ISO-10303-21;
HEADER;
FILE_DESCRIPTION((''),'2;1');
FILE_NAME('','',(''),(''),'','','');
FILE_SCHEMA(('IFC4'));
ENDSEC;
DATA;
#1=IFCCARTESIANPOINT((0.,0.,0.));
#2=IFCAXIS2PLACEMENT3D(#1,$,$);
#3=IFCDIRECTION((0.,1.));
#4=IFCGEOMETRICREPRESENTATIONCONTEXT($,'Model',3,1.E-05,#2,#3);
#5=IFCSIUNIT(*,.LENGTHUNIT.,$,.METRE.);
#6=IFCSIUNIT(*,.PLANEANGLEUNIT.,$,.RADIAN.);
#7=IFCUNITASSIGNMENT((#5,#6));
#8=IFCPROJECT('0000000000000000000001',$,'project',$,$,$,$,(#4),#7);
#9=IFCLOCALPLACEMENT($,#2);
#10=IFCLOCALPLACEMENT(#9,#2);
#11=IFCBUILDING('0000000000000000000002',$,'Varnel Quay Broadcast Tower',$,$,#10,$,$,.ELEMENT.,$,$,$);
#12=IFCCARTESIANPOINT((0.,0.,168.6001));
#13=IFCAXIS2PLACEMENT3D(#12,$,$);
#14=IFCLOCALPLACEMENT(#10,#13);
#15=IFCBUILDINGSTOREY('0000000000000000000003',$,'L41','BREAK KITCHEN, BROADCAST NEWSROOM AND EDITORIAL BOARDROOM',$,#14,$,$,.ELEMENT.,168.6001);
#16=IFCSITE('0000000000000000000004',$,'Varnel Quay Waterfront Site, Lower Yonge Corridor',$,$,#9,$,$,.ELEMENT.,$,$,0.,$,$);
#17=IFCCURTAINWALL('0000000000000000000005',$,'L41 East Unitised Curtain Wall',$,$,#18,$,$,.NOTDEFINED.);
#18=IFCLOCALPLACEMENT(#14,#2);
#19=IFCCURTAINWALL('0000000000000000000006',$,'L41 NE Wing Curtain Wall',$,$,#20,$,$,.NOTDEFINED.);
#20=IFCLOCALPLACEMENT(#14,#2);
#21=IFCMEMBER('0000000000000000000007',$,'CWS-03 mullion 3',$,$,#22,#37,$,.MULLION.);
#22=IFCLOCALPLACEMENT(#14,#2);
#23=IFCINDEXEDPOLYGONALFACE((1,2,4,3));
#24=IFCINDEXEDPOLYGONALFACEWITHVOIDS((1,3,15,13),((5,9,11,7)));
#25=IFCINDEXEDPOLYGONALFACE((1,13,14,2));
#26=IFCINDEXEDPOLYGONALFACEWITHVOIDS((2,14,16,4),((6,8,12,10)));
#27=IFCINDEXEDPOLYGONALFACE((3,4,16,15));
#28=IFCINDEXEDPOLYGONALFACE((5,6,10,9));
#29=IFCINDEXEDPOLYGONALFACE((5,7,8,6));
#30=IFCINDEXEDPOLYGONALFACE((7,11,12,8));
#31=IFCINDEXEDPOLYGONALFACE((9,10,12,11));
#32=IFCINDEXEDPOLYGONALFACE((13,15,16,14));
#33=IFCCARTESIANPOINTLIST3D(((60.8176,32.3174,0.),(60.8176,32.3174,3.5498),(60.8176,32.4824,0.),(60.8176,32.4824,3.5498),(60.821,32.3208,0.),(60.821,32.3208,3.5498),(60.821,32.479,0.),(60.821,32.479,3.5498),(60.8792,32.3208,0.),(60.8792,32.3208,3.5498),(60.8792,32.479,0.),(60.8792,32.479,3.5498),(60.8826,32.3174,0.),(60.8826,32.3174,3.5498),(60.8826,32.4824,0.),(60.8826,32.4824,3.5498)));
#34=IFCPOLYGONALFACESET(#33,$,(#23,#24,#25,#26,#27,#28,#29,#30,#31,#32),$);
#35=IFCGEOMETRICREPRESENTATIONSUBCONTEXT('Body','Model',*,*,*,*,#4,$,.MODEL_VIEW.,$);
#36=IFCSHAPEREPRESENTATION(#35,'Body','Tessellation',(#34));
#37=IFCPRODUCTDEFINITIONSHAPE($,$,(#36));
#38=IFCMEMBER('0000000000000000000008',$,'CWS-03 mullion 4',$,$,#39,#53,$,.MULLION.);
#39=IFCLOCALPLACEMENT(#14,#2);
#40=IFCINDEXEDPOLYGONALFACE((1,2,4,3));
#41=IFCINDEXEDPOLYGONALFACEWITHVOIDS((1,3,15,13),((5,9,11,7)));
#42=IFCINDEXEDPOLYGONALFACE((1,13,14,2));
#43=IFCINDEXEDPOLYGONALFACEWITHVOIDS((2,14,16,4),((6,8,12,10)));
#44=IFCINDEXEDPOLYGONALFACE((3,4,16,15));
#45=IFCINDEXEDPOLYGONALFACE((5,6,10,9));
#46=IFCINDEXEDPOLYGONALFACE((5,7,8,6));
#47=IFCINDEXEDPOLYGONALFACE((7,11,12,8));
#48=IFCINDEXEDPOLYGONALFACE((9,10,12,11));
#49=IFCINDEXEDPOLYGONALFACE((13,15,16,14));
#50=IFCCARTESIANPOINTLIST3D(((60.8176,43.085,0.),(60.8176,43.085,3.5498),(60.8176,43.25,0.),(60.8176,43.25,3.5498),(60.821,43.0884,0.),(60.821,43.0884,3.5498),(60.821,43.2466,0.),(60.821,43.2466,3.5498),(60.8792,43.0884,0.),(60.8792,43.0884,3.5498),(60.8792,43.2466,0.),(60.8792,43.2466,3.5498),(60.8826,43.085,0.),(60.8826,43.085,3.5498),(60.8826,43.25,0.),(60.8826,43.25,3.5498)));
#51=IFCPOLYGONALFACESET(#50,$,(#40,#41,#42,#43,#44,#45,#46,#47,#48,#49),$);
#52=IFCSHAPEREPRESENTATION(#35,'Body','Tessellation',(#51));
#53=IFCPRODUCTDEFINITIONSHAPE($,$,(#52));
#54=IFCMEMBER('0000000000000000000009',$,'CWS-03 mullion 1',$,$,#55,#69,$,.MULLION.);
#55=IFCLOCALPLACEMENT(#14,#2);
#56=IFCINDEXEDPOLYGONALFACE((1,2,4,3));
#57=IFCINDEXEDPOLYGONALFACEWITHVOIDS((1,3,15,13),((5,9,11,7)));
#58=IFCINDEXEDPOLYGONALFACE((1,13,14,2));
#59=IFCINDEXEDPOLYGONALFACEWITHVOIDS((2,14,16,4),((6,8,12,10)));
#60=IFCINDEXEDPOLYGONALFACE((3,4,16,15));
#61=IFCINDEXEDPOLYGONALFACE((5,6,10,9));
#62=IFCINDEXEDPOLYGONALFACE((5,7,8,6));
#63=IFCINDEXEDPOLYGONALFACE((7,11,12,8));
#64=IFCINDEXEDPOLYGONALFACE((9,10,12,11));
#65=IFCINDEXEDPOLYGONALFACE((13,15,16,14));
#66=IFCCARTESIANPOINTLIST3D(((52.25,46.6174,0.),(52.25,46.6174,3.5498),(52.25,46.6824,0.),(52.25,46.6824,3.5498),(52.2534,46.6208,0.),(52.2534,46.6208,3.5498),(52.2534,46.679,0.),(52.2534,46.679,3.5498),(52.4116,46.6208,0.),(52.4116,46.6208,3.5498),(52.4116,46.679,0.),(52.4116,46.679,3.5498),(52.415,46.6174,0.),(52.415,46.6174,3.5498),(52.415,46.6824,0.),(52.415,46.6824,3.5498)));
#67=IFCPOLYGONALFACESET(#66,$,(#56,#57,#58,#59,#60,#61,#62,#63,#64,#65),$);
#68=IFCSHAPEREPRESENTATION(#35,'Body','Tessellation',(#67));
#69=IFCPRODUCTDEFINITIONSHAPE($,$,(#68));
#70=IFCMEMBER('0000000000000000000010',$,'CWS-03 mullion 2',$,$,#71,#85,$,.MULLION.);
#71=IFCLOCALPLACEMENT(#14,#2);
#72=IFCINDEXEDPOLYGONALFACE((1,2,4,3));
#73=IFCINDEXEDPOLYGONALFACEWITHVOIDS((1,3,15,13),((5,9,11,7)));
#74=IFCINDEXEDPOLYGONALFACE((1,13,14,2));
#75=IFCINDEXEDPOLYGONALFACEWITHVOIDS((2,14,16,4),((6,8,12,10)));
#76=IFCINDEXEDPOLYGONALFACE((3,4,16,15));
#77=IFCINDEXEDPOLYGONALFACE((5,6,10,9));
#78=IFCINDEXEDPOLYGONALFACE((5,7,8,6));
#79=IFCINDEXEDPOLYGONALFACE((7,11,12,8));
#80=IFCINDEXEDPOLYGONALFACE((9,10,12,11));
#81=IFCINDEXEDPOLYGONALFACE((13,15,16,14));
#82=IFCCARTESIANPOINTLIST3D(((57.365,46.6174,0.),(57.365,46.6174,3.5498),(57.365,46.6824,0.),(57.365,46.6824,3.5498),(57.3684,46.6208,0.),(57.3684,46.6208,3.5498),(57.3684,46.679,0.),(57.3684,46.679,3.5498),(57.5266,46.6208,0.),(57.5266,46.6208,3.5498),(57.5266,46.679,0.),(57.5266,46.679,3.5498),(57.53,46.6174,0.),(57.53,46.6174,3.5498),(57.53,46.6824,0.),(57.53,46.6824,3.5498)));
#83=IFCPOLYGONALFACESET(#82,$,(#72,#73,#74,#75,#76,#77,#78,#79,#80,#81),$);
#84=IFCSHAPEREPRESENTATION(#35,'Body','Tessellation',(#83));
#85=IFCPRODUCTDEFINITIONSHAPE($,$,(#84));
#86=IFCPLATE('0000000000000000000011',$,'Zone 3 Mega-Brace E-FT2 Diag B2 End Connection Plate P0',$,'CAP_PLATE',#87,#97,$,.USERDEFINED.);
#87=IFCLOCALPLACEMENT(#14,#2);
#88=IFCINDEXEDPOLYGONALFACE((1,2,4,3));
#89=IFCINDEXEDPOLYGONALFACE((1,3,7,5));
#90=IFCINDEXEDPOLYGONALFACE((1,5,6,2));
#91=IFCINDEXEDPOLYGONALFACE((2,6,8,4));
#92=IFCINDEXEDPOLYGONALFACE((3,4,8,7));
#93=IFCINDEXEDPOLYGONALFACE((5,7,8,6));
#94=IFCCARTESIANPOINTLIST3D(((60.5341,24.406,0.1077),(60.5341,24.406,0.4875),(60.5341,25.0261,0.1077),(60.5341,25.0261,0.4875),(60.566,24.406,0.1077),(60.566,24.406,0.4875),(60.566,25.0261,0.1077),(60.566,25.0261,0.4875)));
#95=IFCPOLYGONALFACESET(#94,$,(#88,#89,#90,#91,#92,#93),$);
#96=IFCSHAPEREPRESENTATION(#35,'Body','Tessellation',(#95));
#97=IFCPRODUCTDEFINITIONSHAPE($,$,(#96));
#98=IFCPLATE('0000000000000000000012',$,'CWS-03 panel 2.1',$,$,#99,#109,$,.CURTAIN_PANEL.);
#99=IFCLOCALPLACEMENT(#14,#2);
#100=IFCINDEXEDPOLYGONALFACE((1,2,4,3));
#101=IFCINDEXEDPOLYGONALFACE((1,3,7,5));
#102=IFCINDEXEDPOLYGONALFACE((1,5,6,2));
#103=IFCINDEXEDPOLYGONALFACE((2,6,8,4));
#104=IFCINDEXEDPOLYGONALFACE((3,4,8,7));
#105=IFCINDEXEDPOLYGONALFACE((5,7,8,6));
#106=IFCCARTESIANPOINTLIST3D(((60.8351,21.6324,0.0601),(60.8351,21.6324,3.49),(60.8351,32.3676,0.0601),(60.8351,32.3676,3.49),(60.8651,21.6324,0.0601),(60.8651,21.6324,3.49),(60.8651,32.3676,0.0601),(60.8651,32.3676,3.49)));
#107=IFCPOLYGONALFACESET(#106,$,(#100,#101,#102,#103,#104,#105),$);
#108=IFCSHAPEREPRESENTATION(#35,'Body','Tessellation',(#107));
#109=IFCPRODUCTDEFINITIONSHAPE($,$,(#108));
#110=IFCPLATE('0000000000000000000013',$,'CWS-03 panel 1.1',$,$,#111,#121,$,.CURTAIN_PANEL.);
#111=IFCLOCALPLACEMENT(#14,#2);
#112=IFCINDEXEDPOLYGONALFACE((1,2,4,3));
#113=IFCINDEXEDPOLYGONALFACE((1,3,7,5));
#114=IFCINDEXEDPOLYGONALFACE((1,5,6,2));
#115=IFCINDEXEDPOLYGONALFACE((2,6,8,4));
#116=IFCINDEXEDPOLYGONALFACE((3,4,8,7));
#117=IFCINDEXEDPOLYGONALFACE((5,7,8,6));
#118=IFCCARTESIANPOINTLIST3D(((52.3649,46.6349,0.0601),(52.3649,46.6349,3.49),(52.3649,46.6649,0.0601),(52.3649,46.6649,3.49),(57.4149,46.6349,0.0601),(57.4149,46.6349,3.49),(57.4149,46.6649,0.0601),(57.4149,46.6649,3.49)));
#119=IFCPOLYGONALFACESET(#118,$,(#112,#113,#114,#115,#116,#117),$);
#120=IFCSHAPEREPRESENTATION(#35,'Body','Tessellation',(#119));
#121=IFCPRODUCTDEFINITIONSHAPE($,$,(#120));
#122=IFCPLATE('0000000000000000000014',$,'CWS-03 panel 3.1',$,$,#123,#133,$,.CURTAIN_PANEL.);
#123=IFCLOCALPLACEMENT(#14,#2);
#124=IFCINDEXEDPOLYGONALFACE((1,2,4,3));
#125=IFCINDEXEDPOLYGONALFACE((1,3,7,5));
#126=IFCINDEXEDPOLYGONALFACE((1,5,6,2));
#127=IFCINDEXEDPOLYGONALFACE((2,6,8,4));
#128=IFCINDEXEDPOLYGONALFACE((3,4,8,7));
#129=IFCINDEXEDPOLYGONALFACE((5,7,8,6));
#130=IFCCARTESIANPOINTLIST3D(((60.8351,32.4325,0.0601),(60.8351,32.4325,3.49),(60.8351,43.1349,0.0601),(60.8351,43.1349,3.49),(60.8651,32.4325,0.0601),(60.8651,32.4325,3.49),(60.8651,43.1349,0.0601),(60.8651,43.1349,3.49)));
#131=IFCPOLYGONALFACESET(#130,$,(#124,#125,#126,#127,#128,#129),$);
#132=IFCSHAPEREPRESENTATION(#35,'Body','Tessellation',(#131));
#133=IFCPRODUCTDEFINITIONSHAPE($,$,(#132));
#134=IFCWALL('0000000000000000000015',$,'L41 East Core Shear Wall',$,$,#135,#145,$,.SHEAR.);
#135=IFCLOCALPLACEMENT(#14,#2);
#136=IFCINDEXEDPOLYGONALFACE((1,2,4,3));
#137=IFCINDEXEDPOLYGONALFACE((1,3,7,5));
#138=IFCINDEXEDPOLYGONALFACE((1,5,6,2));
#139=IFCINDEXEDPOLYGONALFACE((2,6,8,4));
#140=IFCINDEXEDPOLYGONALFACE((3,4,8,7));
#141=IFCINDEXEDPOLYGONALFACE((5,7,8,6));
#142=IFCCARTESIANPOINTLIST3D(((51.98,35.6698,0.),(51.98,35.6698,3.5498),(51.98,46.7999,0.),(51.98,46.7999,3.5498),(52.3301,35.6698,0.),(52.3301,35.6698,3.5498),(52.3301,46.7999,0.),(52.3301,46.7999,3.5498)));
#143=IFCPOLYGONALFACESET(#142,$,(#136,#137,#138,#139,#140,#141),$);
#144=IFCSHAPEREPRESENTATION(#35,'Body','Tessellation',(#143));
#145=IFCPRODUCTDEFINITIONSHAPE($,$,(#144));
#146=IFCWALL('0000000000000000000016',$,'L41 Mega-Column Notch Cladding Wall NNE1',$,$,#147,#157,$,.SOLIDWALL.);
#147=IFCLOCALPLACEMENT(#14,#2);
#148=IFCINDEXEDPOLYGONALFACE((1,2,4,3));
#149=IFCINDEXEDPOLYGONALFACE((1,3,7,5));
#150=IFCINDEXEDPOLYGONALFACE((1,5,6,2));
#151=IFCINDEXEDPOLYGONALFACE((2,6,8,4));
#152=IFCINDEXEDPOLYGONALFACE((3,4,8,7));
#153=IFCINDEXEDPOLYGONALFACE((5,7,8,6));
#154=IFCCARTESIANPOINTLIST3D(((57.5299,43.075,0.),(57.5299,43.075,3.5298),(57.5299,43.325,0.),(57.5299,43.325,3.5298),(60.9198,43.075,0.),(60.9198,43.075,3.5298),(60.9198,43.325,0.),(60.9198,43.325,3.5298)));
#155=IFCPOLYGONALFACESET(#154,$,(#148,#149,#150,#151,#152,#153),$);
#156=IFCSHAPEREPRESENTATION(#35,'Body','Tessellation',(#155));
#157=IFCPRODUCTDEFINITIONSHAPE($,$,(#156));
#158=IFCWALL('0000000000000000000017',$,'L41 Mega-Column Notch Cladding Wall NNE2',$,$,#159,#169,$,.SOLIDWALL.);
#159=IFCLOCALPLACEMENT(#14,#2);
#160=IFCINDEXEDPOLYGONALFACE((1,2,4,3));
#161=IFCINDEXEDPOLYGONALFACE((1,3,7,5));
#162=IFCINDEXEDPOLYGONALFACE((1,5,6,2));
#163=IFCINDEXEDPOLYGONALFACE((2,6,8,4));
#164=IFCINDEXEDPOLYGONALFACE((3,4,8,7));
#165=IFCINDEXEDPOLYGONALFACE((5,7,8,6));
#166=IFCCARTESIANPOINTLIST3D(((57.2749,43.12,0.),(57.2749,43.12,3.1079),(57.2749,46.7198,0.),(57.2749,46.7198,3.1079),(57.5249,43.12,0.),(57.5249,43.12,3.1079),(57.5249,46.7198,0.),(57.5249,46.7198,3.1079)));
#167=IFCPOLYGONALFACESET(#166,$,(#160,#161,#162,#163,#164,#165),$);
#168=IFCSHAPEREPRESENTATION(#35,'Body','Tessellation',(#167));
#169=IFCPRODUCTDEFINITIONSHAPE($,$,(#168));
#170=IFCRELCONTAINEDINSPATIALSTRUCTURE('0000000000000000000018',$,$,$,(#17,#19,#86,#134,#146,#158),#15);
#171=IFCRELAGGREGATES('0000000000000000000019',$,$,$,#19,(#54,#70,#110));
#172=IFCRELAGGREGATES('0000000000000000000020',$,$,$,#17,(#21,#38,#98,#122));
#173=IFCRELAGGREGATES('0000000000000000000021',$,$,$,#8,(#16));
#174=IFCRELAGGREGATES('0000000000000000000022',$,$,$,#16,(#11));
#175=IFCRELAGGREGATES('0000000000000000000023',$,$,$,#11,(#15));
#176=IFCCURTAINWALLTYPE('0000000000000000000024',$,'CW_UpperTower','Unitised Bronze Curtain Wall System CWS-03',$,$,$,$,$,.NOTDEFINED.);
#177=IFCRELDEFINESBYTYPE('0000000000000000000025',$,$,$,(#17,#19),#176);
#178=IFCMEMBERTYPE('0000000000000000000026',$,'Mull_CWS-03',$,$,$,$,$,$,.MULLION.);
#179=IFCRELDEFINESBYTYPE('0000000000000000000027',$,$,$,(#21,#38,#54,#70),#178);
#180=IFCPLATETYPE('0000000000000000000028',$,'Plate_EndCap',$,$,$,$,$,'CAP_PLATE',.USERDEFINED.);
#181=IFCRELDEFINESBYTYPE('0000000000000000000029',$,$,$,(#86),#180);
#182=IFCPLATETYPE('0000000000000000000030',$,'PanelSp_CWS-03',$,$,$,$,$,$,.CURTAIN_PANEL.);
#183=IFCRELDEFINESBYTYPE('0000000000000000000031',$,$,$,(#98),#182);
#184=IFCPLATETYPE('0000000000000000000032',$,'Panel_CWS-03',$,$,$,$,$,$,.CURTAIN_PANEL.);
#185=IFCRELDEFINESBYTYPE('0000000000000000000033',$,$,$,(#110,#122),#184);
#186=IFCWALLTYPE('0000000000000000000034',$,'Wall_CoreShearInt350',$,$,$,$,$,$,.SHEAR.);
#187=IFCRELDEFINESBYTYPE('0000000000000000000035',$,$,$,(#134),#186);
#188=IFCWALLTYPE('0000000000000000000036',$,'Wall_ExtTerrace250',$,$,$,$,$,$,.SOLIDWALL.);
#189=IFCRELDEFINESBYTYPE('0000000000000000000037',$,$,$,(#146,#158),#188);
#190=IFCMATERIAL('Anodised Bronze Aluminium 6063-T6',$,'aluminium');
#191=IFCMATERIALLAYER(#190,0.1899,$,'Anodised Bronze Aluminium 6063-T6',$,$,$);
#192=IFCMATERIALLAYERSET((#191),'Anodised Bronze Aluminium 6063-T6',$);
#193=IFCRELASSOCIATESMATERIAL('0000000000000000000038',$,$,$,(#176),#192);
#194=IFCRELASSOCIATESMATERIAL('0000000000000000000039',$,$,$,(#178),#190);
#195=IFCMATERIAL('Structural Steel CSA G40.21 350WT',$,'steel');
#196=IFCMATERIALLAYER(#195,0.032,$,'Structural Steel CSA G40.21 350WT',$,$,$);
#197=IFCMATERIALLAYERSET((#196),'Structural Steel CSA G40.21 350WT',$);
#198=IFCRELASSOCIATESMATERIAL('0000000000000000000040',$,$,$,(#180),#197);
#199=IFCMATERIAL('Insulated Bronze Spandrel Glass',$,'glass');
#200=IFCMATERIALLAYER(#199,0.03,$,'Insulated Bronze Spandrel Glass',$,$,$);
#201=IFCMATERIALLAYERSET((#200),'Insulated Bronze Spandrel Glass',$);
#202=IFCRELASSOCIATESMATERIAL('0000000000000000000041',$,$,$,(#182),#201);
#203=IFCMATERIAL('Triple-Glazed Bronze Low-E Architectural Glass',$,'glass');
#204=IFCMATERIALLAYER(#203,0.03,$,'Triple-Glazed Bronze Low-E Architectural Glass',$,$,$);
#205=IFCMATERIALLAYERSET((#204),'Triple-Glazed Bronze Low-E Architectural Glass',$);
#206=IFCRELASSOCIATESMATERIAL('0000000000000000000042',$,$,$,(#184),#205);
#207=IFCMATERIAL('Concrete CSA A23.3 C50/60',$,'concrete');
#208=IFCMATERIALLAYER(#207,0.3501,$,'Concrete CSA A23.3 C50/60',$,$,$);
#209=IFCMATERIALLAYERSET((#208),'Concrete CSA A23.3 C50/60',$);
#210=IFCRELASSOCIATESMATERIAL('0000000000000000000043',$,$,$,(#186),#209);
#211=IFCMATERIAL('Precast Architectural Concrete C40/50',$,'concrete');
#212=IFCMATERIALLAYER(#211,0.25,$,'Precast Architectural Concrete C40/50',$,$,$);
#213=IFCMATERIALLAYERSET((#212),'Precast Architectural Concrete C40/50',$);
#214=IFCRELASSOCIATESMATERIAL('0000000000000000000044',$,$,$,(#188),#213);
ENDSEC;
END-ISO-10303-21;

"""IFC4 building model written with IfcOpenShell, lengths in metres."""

from ifc_helpers import new_model, si_unit, direction, frame, frame_2d, origin, origin_2d, place, context, subcontext, project, spatial, rectangle, hollow_rectangle, extrude, source, transform, mapped, material, layer, layer_set, material_profile, profile_set, type_object, type_shapes, element, aggregate, save


model = new_model("IFC4")

# Units and contexts
model_context = context("Model", 3, precision=1e-05, world=origin(), true_north=direction((0.0, 1.0)))
body_context = subcontext(model_context, "Body", "Model", "MODEL_VIEW")
ifc_project = project(units=[si_unit("LENGTHUNIT", "METRE"), si_unit("PLANEANGLEUNIT", "RADIAN")], contexts=[model_context])

# Site, building, storey
site_placement = place(None, origin())
site = spatial("IfcSite", under=ifc_project, at=site_placement, Name="Varnel Quay Waterfront Site, Lower Yonge Corridor", CompositionType="ELEMENT", RefElevation=0.0)
building_placement = place(site_placement, origin())
building = spatial("IfcBuilding", under=site, at=building_placement, Name="Varnel Quay Broadcast Tower", CompositionType="ELEMENT")
storey_placement = place(building_placement, frame((0.0, 0.0, 168.6001)))
storey = spatial("IfcBuildingStorey", under=building, at=storey_placement, Name="L41", Description="BREAK KITCHEN, BROADCAST NEWSROOM AND EDITORIAL BOARDROOM", CompositionType="ELEMENT", Elevation=168.6001)

# Shared definitions
ifc_material_1 = material(Name="Structural Steel CSA G40.21 350WT", Category="steel")

# Curtain walls
ifc_material_2 = material(Name="Anodised Bronze Aluminium 6063-T6", Category="aluminium")
ifc_layer_1 = layer(ifc_material_2, 0.1899, Name="Anodised Bronze Aluminium 6063-T6")
ifc_layer_set_1 = layer_set([ifc_layer_1], Name="Anodised Bronze Aluminium 6063-T6")
curtain_wall_type = type_object("IfcCurtainWallType", Name="CW_UpperTower", Description="Unitised Bronze Curtain Wall System CWS-03", PredefinedType="NOTDEFINED", material=ifc_layer_set_1)
curtain_wall_1_placement = place(storey_placement, origin())
curtain_wall_1 = element("IfcCurtainWall", 1, at=curtain_wall_1_placement, inside=storey, type_object=curtain_wall_type, Name="L41 East Unitised Curtain Wall", PredefinedType="NOTDEFINED")
curtain_wall_2_placement = place(storey_placement, origin())
curtain_wall_2 = element("IfcCurtainWall", 2, at=curtain_wall_2_placement, inside=storey, type_object=curtain_wall_type, Name="L41 NE Wing Curtain Wall", PredefinedType="NOTDEFINED")

# Members
ifc_material_profile_1 = material_profile(ifc_material_2, hollow_rectangle(XDim=0.0649, YDim=0.165, WallThickness=0.0034, at=origin_2d()), Name="ALU65X165X3.5")
ifc_profile_set_1 = profile_set([ifc_material_profile_1], Name="Anodised Bronze Aluminium 6063-T6")
member_type_1 = type_object("IfcMemberType", Name="Mull_CWS-03", PredefinedType="MULLION", material=ifc_profile_set_1)
shared_shape_1 = source(origin(), body_context, "Body", "SweptSolid", [
    extrude(hollow_rectangle(XDim=0.0649, YDim=0.165, WallThickness=0.0034, at=origin_2d()), origin(), (0.0, 0.0, 1.0), 3.5498),
])
type_shapes(member_type_1, [shared_shape_1])
member_1_placement = place(storey_placement, frame((60.8501, 32.3999, 0.0), z_axis=(0.0, 0.0, 1.0), x_axis=(-1.0, 0.0, 0.0)))
member_1 = element("IfcMember", 3, at=member_1_placement, type_object=member_type_1, Name="CWS-03 mullion 3", PredefinedType="MULLION", context=body_context, shape_type="MappedRepresentation", body=[
    mapped(shared_shape_1, transform((0.0, 0.0, 0.0), x_axis=(1.0, 0.0, 0.0), y_axis=(0.0, 1.0, 0.0), z_axis=(0.0, 0.0, 1.0), scale=1.0)),
])
member_2_placement = place(storey_placement, frame((60.8501, 43.1675, 0.0), z_axis=(0.0, 0.0, 1.0), x_axis=(-1.0, 0.0, 0.0)))
member_2 = element("IfcMember", 4, at=member_2_placement, type_object=member_type_1, Name="CWS-03 mullion 4", PredefinedType="MULLION", context=body_context, shape_type="MappedRepresentation", body=[
    mapped(shared_shape_1, transform((0.0, 0.0, 0.0), x_axis=(1.0, 0.0, 0.0), y_axis=(0.0, 1.0, 0.0), z_axis=(0.0, 0.0, 1.0), scale=1.0)),
])
member_3_placement = place(storey_placement, frame((52.3325, 46.6499, 0.0), z_axis=(0.0, 0.0, 1.0), x_axis=(0.0, 1.0, 0.0)))
member_3 = element("IfcMember", 5, at=member_3_placement, type_object=member_type_1, Name="CWS-03 mullion 1", PredefinedType="MULLION", context=body_context, shape_type="MappedRepresentation", body=[
    mapped(shared_shape_1, transform((0.0, 0.0, 0.0), x_axis=(1.0, 0.0, 0.0), y_axis=(0.0, 1.0, 0.0), z_axis=(0.0, 0.0, 1.0), scale=1.0)),
])
member_4_placement = place(storey_placement, frame((57.4475, 46.6499, 0.0), z_axis=(0.0, 0.0, 1.0), x_axis=(0.0, 1.0, 0.0)))
member_4 = element("IfcMember", 6, at=member_4_placement, type_object=member_type_1, Name="CWS-03 mullion 2", PredefinedType="MULLION", context=body_context, shape_type="MappedRepresentation", body=[
    mapped(shared_shape_1, transform((0.0, 0.0, 0.0), x_axis=(1.0, 0.0, 0.0), y_axis=(0.0, 1.0, 0.0), z_axis=(0.0, 0.0, 1.0), scale=1.0)),
])

# Plates
ifc_layer_2 = layer(ifc_material_1, 0.032, Name="Structural Steel CSA G40.21 350WT")
ifc_layer_set_2 = layer_set([ifc_layer_2], Name="Structural Steel CSA G40.21 350WT")
plate_type_1 = type_object("IfcPlateType", Name="Plate_EndCap", ElementType="CAP_PLATE", PredefinedType="USERDEFINED", material=ifc_layer_set_2)
shared_shape_2 = source(origin(), body_context, "Body", "SweptSolid", [
    extrude(rectangle(XDim=0.6201, YDim=0.032, at=origin_2d()), origin(), (0.0, 0.0, 1.0), 0.3799),
])
type_shapes(plate_type_1, [shared_shape_2])
plate_1_placement = place(storey_placement, frame((60.55, 24.7161, 0.1077), z_axis=(0.0, 0.0, 1.0), x_axis=(0.0, 1.0, 0.0)))
element("IfcPlate", 7, at=plate_1_placement, inside=storey, type_object=plate_type_1, Name="Zone 3 Mega-Brace E-FT2 Diag B2 End Connection Plate P0", ObjectType="CAP_PLATE", PredefinedType="USERDEFINED", context=body_context, shape_type="MappedRepresentation", body=[
    mapped(shared_shape_2, transform((0.0, 0.0, 0.0), x_axis=(1.0, 0.0, 0.0), y_axis=(0.0, 1.0, 0.0), z_axis=(0.0, 0.0, 1.0), scale=1.0)),
])
ifc_material_3 = material(Name="Insulated Bronze Spandrel Glass", Category="glass")
ifc_layer_3 = layer(ifc_material_3, 0.03, Name="Insulated Bronze Spandrel Glass")
ifc_layer_set_3 = layer_set([ifc_layer_3], Name="Insulated Bronze Spandrel Glass")
plate_type_2 = type_object("IfcPlateType", Name="PanelSp_CWS-03", PredefinedType="CURTAIN_PANEL", material=ifc_layer_set_3)
shared_shape_3 = source(origin(), body_context, "Body", "SweptSolid", [
    extrude(rectangle(XDim=10.7351, YDim=0.03, at=origin_2d()), origin(), (0.0, 0.0, 1.0), 3.4299),
])
type_shapes(plate_type_2, [shared_shape_3])
plate_2_placement = place(storey_placement, frame((60.8501, 27.0, 0.0601), z_axis=(0.0, 0.0, 1.0), x_axis=(0.0, 1.0, 0.0)))
plate_2 = element("IfcPlate", 8, at=plate_2_placement, type_object=plate_type_2, Name="CWS-03 panel 2.1", PredefinedType="CURTAIN_PANEL", context=body_context, shape_type="MappedRepresentation", body=[
    mapped(shared_shape_3, transform((0.0, 0.0, 0.0), x_axis=(1.0, 0.0, 0.0), y_axis=(0.0, 1.0, 0.0), z_axis=(0.0, 0.0, 1.0), scale=1.0)),
])
ifc_material_4 = material(Name="Triple-Glazed Bronze Low-E Architectural Glass", Category="glass")
ifc_layer_4 = layer(ifc_material_4, 0.03, Name="Triple-Glazed Bronze Low-E Architectural Glass")
ifc_layer_set_4 = layer_set([ifc_layer_4], Name="Triple-Glazed Bronze Low-E Architectural Glass")
plate_type_3 = type_object("IfcPlateType", Name="Panel_CWS-03", PredefinedType="CURTAIN_PANEL", material=ifc_layer_set_4)
shared_shape_4 = source(origin(), body_context, "Body", "SweptSolid", [
    extrude(rectangle(XDim=5.05, YDim=0.03, at=origin_2d()), origin(), (0.0, 0.0, 1.0), 3.4299),
])
plate_3_placement = place(storey_placement, frame((54.8899, 46.6499, 0.0601), z_axis=(0.0, 0.0, 1.0), x_axis=(1.0, 0.0, 0.0)))
plate_3 = element("IfcPlate", 9, at=plate_3_placement, type_object=plate_type_3, Name="CWS-03 panel 1.1", PredefinedType="CURTAIN_PANEL", context=body_context, shape_type="MappedRepresentation", body=[
    mapped(shared_shape_4, transform((0.0, 0.0, 0.0), x_axis=(1.0, 0.0, 0.0), y_axis=(0.0, 1.0, 0.0), z_axis=(0.0, 0.0, 1.0), scale=1.0)),
])
aggregate(curtain_wall_2, [member_3, member_4, plate_3])
shared_shape_5 = source(origin(), body_context, "Body", "SweptSolid", [
    extrude(rectangle(XDim=10.7024, YDim=0.03, at=origin_2d()), origin(), (0.0, 0.0, 1.0), 3.4299),
])
type_shapes(plate_type_3, [shared_shape_4, shared_shape_5])
plate_4_placement = place(storey_placement, frame((60.8501, 37.7837, 0.0601), z_axis=(0.0, 0.0, 1.0), x_axis=(0.0, 1.0, 0.0)))
plate_4 = element("IfcPlate", 10, at=plate_4_placement, type_object=plate_type_3, Name="CWS-03 panel 3.1", PredefinedType="CURTAIN_PANEL", context=body_context, shape_type="MappedRepresentation", body=[
    mapped(shared_shape_5, transform((0.0, 0.0, 0.0), x_axis=(1.0, 0.0, 0.0), y_axis=(0.0, 1.0, 0.0), z_axis=(0.0, 0.0, 1.0), scale=1.0)),
])
aggregate(curtain_wall_1, [member_1, member_2, plate_2, plate_4])

# Walls
ifc_material_5 = material(Name="Concrete CSA A23.3 C50/60", Category="concrete")
ifc_layer_5 = layer(ifc_material_5, 0.3501, Name="Concrete CSA A23.3 C50/60")
ifc_layer_set_5 = layer_set([ifc_layer_5], Name="Concrete CSA A23.3 C50/60")
wall_type_1 = type_object("IfcWallType", Name="Wall_CoreShearInt350", PredefinedType="SHEAR", material=ifc_layer_set_5)
wall_1_placement = place(storey_placement, frame((52.155, 35.6699, 0.0), z_axis=(0.0, 0.0, 1.0), x_axis=(0.0, 1.0, 0.0)))
element("IfcWall", 11, at=wall_1_placement, inside=storey, type_object=wall_type_1, Name="L41 East Core Shear Wall", PredefinedType="SHEAR", context=body_context, shape_type="SweptSolid", body=[
    extrude(rectangle(XDim=11.1301, YDim=0.3501, at=frame_2d((5.5649, 0.0))), origin(), (0.0, 0.0, 1.0), 3.5498),
])
ifc_material_6 = material(Name="Precast Architectural Concrete C40/50", Category="concrete")
ifc_layer_6 = layer(ifc_material_6, 0.25, Name="Precast Architectural Concrete C40/50")
ifc_layer_set_6 = layer_set([ifc_layer_6], Name="Precast Architectural Concrete C40/50")
wall_type_2 = type_object("IfcWallType", Name="Wall_ExtTerrace250", PredefinedType="SOLIDWALL", material=ifc_layer_set_6)
wall_2_placement = place(storey_placement, frame((57.53, 43.2, 0.0), z_axis=(0.0, 0.0, 1.0), x_axis=(1.0, 0.0, 0.0)))
element("IfcWall", 12, at=wall_2_placement, inside=storey, type_object=wall_type_2, Name="L41 Mega-Column Notch Cladding Wall NNE1", PredefinedType="SOLIDWALL", context=body_context, shape_type="SweptSolid", body=[
    extrude(rectangle(XDim=3.3899, YDim=0.25, at=frame_2d((1.6948, 0.0))), origin(), (0.0, 0.0, 1.0), 3.5298),
])
wall_3_placement = place(storey_placement, frame((57.3999, 43.1201, 0.0), z_axis=(0.0, 0.0, 1.0), x_axis=(0.0, 1.0, 0.0)))
element("IfcWall", 13, at=wall_3_placement, inside=storey, type_object=wall_type_2, Name="L41 Mega-Column Notch Cladding Wall NNE2", PredefinedType="SOLIDWALL", context=body_context, shape_type="SweptSolid", body=[
    extrude(rectangle(XDim=3.5999, YDim=0.25, at=frame_2d((1.7998, 0.0))), origin(), (0.0, 0.0, 1.0), 3.1079),
])

save(model, "model.ifc")
